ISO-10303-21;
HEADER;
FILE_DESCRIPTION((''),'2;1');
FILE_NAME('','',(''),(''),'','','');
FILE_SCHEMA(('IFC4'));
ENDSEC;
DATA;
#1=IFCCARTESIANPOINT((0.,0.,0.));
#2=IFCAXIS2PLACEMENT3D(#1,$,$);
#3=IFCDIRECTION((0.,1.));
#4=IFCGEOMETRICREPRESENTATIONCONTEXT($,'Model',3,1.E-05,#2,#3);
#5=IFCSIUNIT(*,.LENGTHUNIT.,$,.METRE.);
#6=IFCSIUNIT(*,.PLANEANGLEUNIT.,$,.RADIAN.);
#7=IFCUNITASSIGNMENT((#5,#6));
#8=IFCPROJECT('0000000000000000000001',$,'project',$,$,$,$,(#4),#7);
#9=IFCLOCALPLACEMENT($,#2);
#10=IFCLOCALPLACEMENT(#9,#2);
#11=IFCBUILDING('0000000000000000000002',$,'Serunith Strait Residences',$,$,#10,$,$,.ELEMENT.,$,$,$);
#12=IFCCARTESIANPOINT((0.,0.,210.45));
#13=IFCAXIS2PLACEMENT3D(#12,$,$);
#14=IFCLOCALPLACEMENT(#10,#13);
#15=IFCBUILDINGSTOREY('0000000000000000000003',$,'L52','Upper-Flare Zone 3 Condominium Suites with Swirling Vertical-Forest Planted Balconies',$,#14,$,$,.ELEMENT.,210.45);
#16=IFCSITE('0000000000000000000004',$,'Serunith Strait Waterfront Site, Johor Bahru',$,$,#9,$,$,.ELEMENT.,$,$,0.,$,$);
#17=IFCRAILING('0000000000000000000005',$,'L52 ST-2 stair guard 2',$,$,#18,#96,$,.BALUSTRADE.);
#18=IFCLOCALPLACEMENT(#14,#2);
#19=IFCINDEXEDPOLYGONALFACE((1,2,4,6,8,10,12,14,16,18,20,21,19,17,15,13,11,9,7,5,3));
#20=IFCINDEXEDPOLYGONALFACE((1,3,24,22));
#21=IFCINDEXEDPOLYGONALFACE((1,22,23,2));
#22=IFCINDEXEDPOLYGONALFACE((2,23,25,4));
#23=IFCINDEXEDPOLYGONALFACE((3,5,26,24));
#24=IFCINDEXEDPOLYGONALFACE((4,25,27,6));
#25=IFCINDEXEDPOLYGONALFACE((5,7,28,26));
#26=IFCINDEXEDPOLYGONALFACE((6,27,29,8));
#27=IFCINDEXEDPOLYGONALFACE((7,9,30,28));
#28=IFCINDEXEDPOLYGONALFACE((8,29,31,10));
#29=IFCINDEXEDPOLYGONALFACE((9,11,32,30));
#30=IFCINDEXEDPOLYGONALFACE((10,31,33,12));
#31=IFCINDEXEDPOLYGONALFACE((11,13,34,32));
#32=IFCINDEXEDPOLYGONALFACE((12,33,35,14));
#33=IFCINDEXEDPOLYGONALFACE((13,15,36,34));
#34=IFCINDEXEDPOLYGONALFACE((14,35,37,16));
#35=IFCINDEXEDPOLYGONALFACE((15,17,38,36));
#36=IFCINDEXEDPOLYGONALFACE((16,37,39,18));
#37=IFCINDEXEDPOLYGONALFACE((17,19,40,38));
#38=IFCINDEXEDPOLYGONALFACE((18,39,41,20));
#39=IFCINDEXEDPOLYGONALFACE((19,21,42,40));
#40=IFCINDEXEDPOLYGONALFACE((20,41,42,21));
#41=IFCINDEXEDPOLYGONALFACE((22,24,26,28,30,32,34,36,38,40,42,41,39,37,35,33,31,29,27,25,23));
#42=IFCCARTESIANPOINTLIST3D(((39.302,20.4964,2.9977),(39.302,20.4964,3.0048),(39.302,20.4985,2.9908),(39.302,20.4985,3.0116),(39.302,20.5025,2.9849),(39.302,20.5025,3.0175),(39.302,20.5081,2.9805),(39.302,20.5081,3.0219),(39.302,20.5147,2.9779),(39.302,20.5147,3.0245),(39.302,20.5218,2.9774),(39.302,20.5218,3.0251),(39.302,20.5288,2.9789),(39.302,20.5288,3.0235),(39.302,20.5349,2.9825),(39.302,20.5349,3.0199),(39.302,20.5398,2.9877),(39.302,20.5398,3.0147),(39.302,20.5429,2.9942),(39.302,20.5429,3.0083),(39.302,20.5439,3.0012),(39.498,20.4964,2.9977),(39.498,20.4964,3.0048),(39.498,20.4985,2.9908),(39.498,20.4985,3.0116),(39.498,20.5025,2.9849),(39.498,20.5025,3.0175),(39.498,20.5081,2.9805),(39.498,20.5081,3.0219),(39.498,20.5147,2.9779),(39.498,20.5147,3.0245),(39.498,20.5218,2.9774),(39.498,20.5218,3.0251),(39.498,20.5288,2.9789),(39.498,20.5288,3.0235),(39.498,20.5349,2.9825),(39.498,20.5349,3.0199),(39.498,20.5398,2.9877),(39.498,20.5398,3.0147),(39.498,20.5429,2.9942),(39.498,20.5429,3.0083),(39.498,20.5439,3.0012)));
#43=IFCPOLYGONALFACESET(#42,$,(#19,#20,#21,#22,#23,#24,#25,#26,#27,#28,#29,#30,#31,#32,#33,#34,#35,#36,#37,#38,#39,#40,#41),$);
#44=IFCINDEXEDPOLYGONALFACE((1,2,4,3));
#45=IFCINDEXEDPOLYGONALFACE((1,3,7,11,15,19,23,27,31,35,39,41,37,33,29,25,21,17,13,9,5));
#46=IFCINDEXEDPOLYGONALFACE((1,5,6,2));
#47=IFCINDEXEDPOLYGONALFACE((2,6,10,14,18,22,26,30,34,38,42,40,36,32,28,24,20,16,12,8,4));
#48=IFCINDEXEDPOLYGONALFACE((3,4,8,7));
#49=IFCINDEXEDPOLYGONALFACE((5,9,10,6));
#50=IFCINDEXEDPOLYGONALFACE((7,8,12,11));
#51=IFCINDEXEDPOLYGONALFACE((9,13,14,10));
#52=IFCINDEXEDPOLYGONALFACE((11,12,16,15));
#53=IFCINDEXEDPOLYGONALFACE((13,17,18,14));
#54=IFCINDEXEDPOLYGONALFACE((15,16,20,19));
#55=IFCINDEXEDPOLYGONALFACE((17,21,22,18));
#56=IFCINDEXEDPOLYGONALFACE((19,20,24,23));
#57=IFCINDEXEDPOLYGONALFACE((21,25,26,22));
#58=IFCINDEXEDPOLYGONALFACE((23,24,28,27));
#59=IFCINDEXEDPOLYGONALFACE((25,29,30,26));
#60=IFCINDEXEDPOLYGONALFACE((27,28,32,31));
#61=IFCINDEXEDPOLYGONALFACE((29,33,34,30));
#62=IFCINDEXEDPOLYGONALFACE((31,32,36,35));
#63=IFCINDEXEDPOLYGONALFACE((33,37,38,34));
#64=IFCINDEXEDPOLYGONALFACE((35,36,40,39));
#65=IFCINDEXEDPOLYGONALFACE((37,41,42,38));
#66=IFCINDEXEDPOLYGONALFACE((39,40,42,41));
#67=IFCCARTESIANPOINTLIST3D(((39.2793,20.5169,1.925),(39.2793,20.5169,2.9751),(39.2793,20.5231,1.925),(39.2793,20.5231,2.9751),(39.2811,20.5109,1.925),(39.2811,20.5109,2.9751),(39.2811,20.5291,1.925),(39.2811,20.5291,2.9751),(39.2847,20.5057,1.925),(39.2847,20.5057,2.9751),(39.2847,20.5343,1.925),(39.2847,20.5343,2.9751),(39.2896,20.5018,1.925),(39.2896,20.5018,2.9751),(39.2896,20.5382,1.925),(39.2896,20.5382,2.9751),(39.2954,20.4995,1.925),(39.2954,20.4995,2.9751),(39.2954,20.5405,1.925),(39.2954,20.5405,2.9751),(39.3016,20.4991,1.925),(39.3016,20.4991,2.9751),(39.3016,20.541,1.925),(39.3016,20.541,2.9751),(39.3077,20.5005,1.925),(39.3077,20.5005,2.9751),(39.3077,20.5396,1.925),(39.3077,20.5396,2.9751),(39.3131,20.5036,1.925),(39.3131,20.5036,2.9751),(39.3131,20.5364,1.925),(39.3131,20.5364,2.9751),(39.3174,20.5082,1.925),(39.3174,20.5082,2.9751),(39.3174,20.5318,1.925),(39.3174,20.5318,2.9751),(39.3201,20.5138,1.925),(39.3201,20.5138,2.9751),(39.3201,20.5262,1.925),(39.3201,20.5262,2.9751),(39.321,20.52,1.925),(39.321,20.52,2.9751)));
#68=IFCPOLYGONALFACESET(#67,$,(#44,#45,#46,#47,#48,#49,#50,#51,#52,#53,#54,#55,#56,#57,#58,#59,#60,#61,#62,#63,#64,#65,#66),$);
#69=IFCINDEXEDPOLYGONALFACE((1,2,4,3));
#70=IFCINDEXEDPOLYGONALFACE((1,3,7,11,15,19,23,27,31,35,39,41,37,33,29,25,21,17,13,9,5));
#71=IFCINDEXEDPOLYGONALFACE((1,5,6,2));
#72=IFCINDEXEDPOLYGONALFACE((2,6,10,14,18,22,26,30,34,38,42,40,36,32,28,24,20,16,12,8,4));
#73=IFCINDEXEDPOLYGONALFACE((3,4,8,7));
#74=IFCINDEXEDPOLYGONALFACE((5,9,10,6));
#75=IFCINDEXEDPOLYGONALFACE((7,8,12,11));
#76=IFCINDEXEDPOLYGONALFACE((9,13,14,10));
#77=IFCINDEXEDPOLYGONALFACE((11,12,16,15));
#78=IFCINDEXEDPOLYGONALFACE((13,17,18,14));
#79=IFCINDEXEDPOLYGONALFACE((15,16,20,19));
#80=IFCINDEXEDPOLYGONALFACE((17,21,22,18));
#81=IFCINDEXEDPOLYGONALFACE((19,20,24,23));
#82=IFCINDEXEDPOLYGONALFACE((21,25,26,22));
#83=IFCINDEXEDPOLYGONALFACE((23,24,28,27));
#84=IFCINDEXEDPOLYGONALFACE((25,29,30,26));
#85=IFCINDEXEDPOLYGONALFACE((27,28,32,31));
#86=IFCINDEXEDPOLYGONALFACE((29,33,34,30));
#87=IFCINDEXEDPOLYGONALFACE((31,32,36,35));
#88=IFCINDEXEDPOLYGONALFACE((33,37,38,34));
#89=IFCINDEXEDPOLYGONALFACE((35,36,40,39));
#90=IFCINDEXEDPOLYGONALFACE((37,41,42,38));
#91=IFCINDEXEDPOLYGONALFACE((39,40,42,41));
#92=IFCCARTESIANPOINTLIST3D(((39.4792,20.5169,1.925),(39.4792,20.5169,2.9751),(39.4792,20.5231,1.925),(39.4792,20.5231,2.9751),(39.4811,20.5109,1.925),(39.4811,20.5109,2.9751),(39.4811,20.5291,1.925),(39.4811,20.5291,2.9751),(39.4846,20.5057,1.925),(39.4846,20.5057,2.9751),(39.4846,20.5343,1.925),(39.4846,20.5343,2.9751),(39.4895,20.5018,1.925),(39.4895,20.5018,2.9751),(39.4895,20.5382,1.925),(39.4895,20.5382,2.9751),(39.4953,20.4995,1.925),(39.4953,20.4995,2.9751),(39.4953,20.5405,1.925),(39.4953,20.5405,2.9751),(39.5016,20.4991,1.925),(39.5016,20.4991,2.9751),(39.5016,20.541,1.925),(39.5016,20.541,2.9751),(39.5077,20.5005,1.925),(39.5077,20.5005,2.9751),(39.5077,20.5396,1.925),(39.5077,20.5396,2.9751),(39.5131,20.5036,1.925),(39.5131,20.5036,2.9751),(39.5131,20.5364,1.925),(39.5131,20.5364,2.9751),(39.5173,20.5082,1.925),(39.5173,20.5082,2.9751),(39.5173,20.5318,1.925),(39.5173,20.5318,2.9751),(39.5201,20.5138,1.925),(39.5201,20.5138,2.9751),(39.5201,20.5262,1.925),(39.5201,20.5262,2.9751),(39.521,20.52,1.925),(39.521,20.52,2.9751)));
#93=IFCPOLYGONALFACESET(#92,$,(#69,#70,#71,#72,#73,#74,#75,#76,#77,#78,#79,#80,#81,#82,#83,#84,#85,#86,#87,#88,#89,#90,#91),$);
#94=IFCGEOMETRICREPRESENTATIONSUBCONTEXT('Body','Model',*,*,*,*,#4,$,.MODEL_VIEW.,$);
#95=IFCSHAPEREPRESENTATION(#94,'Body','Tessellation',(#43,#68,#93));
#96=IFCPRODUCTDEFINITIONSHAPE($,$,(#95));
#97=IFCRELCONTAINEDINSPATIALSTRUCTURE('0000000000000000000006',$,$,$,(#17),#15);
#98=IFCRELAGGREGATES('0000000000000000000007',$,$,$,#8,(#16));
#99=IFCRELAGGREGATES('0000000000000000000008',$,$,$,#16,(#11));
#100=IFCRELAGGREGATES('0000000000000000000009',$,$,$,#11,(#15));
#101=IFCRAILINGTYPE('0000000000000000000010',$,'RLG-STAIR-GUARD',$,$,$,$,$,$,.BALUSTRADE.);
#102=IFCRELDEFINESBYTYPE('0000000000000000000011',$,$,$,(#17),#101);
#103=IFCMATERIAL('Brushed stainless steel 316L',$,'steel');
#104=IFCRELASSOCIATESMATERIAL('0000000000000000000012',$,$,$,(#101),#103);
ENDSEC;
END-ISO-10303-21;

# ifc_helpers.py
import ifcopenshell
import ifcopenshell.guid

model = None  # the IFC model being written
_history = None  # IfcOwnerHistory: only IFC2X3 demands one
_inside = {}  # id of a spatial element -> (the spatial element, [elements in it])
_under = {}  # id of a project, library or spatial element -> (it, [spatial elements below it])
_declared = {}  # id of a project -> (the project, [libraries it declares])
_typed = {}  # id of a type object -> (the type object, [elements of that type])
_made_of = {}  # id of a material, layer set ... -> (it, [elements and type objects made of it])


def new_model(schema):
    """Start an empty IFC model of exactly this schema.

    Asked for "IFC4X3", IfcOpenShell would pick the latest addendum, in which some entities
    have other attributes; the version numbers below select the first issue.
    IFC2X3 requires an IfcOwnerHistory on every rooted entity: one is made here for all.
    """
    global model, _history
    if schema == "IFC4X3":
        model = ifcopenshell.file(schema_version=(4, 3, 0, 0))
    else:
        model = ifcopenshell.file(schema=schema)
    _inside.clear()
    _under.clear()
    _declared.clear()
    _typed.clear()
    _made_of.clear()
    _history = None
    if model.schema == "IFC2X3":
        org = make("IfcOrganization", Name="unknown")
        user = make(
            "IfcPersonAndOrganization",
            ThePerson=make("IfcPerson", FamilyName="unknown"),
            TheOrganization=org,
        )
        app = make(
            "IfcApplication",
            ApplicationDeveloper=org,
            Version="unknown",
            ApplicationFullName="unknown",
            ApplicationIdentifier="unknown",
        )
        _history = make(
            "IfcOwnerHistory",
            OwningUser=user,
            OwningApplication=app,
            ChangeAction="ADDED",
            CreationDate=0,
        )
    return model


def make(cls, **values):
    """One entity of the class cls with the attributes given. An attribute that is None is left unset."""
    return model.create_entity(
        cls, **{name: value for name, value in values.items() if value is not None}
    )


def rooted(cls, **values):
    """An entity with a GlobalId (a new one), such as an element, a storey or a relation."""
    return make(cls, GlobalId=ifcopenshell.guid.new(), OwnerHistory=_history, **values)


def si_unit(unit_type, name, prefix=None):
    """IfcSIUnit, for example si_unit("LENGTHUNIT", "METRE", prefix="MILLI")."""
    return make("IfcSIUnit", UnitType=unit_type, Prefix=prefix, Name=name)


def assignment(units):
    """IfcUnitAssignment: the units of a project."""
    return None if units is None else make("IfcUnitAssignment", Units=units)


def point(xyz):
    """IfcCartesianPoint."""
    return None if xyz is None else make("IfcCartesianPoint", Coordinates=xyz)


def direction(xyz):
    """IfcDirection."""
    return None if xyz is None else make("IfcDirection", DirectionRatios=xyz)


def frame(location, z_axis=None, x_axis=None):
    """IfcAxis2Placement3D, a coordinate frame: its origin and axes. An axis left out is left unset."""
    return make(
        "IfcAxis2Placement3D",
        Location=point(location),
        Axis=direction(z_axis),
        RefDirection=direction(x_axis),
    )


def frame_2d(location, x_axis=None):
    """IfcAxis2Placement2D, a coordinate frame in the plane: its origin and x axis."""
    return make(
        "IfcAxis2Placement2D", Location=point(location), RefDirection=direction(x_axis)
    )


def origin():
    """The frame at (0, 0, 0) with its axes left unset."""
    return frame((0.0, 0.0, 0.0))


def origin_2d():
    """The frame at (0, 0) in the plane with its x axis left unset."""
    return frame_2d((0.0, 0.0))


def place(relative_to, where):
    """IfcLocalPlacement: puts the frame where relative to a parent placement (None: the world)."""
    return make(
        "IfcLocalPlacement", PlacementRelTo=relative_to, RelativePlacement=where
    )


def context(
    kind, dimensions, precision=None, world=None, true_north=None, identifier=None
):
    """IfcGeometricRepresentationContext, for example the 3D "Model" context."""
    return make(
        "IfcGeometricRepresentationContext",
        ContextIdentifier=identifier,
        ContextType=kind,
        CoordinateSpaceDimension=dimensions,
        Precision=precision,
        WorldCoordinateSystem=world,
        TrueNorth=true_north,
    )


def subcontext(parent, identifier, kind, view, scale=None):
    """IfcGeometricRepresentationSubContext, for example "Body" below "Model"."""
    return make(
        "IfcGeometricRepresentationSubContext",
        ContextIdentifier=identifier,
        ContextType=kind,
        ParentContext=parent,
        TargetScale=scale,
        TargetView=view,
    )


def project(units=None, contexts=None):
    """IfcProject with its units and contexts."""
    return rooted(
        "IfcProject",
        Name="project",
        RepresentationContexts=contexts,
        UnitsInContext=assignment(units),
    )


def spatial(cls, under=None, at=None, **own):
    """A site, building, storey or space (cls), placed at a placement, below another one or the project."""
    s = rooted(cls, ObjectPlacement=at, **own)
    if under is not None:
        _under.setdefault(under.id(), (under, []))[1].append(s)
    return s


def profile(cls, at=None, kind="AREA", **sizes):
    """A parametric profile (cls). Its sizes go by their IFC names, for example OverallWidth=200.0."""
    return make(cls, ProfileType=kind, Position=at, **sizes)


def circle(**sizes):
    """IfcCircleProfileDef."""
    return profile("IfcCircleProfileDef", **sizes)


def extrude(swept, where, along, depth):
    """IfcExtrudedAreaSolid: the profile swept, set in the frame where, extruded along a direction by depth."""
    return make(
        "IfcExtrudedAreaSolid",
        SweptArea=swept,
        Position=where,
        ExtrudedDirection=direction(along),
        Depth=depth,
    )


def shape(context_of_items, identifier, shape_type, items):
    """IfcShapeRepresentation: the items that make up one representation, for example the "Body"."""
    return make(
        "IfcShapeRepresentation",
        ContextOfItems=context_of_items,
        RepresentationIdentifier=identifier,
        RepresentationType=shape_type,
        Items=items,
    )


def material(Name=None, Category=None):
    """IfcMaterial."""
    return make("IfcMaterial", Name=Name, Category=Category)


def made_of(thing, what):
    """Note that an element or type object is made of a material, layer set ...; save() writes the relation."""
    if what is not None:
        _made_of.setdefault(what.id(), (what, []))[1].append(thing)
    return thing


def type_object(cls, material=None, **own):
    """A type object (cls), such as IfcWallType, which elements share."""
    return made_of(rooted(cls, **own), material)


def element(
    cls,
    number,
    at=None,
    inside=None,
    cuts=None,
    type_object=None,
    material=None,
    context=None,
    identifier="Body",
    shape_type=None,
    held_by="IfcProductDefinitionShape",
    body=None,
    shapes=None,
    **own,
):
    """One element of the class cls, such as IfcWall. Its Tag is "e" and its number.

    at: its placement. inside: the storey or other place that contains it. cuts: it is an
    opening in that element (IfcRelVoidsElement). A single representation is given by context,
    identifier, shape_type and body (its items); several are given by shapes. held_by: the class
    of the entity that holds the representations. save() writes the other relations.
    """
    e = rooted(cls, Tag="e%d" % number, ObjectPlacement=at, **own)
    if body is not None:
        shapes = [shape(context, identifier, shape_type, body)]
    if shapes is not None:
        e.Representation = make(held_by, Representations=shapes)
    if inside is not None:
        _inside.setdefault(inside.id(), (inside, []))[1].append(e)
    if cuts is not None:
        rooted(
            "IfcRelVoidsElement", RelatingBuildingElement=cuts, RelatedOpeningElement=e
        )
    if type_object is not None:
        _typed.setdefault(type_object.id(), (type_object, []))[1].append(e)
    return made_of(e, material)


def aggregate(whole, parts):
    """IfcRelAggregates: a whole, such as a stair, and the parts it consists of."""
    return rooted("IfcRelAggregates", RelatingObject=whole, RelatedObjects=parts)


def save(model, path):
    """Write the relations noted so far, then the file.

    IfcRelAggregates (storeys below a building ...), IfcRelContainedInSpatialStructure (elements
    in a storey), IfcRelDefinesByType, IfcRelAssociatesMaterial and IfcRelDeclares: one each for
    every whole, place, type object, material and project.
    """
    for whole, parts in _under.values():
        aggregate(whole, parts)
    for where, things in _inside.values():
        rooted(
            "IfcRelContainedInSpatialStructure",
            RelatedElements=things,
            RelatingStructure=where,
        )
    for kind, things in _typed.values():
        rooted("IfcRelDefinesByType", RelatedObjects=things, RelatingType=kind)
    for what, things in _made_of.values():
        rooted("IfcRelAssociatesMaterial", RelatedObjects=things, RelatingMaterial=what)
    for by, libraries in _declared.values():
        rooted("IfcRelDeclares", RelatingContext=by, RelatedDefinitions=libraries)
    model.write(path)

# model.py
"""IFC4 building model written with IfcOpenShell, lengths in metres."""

from ifc_helpers import new_model, si_unit, direction, frame, origin, origin_2d, place, context, subcontext, project, spatial, circle, extrude, material, type_object, element, save


model = new_model("IFC4")

# Units and contexts
model_context = context("Model", 3, precision=1e-05, world=origin(), true_north=direction((0.0, 1.0)))
body_context = subcontext(model_context, "Body", "Model", "MODEL_VIEW")
ifc_project = project(units=[si_unit("LENGTHUNIT", "METRE"), si_unit("PLANEANGLEUNIT", "RADIAN")], contexts=[model_context])

# Site, building, storey
site_placement = place(None, origin())
site = spatial("IfcSite", under=ifc_project, at=site_placement, Name="Serunith Strait Waterfront Site, Johor Bahru", CompositionType="ELEMENT", RefElevation=0.0)
building_placement = place(site_placement, origin())
building = spatial("IfcBuilding", under=site, at=building_placement, Name="Serunith Strait Residences", CompositionType="ELEMENT")
storey_placement = place(building_placement, frame((0.0, 0.0, 210.45)))
storey = spatial("IfcBuildingStorey", under=building, at=storey_placement, Name="L52", Description="Upper-Flare Zone 3 Condominium Suites with Swirling Vertical-Forest Planted Balconies", CompositionType="ELEMENT", Elevation=210.45)

# Railing
ifc_material_1 = material(Name="Brushed stainless steel 316L", Category="steel")
railing_type_1 = type_object("IfcRailingType", Name="RLG-STAIR-GUARD", PredefinedType="BALUSTRADE", material=ifc_material_1)
railing_1_placement = place(storey_placement, frame((39.3, 20.52, 1.925)))
element("IfcRailing", 1, at=railing_1_placement, inside=storey, type_object=railing_type_1, Name="L52 ST-2 stair guard 2", PredefinedType="BALUSTRADE", context=body_context, shape_type="SweptSolid", body=[
    extrude(circle(Radius=0.0239, at=origin_2d()), frame((0.002, 0.0, 1.0762), z_axis=(1.0, 0.0, 0.0), x_axis=(0.0, 1.0, 0.0)), (0.0, 0.0, 1.0), 0.196),
    extrude(circle(Radius=0.021, at=origin_2d()), origin(), (0.0, 0.0, 1.0), 1.05),
    extrude(circle(Radius=0.021, at=origin_2d()), frame((0.2, 0.0, 0.0)), (0.0, 0.0, 1.0), 1.05),
])

save(model, "model.ifc")
